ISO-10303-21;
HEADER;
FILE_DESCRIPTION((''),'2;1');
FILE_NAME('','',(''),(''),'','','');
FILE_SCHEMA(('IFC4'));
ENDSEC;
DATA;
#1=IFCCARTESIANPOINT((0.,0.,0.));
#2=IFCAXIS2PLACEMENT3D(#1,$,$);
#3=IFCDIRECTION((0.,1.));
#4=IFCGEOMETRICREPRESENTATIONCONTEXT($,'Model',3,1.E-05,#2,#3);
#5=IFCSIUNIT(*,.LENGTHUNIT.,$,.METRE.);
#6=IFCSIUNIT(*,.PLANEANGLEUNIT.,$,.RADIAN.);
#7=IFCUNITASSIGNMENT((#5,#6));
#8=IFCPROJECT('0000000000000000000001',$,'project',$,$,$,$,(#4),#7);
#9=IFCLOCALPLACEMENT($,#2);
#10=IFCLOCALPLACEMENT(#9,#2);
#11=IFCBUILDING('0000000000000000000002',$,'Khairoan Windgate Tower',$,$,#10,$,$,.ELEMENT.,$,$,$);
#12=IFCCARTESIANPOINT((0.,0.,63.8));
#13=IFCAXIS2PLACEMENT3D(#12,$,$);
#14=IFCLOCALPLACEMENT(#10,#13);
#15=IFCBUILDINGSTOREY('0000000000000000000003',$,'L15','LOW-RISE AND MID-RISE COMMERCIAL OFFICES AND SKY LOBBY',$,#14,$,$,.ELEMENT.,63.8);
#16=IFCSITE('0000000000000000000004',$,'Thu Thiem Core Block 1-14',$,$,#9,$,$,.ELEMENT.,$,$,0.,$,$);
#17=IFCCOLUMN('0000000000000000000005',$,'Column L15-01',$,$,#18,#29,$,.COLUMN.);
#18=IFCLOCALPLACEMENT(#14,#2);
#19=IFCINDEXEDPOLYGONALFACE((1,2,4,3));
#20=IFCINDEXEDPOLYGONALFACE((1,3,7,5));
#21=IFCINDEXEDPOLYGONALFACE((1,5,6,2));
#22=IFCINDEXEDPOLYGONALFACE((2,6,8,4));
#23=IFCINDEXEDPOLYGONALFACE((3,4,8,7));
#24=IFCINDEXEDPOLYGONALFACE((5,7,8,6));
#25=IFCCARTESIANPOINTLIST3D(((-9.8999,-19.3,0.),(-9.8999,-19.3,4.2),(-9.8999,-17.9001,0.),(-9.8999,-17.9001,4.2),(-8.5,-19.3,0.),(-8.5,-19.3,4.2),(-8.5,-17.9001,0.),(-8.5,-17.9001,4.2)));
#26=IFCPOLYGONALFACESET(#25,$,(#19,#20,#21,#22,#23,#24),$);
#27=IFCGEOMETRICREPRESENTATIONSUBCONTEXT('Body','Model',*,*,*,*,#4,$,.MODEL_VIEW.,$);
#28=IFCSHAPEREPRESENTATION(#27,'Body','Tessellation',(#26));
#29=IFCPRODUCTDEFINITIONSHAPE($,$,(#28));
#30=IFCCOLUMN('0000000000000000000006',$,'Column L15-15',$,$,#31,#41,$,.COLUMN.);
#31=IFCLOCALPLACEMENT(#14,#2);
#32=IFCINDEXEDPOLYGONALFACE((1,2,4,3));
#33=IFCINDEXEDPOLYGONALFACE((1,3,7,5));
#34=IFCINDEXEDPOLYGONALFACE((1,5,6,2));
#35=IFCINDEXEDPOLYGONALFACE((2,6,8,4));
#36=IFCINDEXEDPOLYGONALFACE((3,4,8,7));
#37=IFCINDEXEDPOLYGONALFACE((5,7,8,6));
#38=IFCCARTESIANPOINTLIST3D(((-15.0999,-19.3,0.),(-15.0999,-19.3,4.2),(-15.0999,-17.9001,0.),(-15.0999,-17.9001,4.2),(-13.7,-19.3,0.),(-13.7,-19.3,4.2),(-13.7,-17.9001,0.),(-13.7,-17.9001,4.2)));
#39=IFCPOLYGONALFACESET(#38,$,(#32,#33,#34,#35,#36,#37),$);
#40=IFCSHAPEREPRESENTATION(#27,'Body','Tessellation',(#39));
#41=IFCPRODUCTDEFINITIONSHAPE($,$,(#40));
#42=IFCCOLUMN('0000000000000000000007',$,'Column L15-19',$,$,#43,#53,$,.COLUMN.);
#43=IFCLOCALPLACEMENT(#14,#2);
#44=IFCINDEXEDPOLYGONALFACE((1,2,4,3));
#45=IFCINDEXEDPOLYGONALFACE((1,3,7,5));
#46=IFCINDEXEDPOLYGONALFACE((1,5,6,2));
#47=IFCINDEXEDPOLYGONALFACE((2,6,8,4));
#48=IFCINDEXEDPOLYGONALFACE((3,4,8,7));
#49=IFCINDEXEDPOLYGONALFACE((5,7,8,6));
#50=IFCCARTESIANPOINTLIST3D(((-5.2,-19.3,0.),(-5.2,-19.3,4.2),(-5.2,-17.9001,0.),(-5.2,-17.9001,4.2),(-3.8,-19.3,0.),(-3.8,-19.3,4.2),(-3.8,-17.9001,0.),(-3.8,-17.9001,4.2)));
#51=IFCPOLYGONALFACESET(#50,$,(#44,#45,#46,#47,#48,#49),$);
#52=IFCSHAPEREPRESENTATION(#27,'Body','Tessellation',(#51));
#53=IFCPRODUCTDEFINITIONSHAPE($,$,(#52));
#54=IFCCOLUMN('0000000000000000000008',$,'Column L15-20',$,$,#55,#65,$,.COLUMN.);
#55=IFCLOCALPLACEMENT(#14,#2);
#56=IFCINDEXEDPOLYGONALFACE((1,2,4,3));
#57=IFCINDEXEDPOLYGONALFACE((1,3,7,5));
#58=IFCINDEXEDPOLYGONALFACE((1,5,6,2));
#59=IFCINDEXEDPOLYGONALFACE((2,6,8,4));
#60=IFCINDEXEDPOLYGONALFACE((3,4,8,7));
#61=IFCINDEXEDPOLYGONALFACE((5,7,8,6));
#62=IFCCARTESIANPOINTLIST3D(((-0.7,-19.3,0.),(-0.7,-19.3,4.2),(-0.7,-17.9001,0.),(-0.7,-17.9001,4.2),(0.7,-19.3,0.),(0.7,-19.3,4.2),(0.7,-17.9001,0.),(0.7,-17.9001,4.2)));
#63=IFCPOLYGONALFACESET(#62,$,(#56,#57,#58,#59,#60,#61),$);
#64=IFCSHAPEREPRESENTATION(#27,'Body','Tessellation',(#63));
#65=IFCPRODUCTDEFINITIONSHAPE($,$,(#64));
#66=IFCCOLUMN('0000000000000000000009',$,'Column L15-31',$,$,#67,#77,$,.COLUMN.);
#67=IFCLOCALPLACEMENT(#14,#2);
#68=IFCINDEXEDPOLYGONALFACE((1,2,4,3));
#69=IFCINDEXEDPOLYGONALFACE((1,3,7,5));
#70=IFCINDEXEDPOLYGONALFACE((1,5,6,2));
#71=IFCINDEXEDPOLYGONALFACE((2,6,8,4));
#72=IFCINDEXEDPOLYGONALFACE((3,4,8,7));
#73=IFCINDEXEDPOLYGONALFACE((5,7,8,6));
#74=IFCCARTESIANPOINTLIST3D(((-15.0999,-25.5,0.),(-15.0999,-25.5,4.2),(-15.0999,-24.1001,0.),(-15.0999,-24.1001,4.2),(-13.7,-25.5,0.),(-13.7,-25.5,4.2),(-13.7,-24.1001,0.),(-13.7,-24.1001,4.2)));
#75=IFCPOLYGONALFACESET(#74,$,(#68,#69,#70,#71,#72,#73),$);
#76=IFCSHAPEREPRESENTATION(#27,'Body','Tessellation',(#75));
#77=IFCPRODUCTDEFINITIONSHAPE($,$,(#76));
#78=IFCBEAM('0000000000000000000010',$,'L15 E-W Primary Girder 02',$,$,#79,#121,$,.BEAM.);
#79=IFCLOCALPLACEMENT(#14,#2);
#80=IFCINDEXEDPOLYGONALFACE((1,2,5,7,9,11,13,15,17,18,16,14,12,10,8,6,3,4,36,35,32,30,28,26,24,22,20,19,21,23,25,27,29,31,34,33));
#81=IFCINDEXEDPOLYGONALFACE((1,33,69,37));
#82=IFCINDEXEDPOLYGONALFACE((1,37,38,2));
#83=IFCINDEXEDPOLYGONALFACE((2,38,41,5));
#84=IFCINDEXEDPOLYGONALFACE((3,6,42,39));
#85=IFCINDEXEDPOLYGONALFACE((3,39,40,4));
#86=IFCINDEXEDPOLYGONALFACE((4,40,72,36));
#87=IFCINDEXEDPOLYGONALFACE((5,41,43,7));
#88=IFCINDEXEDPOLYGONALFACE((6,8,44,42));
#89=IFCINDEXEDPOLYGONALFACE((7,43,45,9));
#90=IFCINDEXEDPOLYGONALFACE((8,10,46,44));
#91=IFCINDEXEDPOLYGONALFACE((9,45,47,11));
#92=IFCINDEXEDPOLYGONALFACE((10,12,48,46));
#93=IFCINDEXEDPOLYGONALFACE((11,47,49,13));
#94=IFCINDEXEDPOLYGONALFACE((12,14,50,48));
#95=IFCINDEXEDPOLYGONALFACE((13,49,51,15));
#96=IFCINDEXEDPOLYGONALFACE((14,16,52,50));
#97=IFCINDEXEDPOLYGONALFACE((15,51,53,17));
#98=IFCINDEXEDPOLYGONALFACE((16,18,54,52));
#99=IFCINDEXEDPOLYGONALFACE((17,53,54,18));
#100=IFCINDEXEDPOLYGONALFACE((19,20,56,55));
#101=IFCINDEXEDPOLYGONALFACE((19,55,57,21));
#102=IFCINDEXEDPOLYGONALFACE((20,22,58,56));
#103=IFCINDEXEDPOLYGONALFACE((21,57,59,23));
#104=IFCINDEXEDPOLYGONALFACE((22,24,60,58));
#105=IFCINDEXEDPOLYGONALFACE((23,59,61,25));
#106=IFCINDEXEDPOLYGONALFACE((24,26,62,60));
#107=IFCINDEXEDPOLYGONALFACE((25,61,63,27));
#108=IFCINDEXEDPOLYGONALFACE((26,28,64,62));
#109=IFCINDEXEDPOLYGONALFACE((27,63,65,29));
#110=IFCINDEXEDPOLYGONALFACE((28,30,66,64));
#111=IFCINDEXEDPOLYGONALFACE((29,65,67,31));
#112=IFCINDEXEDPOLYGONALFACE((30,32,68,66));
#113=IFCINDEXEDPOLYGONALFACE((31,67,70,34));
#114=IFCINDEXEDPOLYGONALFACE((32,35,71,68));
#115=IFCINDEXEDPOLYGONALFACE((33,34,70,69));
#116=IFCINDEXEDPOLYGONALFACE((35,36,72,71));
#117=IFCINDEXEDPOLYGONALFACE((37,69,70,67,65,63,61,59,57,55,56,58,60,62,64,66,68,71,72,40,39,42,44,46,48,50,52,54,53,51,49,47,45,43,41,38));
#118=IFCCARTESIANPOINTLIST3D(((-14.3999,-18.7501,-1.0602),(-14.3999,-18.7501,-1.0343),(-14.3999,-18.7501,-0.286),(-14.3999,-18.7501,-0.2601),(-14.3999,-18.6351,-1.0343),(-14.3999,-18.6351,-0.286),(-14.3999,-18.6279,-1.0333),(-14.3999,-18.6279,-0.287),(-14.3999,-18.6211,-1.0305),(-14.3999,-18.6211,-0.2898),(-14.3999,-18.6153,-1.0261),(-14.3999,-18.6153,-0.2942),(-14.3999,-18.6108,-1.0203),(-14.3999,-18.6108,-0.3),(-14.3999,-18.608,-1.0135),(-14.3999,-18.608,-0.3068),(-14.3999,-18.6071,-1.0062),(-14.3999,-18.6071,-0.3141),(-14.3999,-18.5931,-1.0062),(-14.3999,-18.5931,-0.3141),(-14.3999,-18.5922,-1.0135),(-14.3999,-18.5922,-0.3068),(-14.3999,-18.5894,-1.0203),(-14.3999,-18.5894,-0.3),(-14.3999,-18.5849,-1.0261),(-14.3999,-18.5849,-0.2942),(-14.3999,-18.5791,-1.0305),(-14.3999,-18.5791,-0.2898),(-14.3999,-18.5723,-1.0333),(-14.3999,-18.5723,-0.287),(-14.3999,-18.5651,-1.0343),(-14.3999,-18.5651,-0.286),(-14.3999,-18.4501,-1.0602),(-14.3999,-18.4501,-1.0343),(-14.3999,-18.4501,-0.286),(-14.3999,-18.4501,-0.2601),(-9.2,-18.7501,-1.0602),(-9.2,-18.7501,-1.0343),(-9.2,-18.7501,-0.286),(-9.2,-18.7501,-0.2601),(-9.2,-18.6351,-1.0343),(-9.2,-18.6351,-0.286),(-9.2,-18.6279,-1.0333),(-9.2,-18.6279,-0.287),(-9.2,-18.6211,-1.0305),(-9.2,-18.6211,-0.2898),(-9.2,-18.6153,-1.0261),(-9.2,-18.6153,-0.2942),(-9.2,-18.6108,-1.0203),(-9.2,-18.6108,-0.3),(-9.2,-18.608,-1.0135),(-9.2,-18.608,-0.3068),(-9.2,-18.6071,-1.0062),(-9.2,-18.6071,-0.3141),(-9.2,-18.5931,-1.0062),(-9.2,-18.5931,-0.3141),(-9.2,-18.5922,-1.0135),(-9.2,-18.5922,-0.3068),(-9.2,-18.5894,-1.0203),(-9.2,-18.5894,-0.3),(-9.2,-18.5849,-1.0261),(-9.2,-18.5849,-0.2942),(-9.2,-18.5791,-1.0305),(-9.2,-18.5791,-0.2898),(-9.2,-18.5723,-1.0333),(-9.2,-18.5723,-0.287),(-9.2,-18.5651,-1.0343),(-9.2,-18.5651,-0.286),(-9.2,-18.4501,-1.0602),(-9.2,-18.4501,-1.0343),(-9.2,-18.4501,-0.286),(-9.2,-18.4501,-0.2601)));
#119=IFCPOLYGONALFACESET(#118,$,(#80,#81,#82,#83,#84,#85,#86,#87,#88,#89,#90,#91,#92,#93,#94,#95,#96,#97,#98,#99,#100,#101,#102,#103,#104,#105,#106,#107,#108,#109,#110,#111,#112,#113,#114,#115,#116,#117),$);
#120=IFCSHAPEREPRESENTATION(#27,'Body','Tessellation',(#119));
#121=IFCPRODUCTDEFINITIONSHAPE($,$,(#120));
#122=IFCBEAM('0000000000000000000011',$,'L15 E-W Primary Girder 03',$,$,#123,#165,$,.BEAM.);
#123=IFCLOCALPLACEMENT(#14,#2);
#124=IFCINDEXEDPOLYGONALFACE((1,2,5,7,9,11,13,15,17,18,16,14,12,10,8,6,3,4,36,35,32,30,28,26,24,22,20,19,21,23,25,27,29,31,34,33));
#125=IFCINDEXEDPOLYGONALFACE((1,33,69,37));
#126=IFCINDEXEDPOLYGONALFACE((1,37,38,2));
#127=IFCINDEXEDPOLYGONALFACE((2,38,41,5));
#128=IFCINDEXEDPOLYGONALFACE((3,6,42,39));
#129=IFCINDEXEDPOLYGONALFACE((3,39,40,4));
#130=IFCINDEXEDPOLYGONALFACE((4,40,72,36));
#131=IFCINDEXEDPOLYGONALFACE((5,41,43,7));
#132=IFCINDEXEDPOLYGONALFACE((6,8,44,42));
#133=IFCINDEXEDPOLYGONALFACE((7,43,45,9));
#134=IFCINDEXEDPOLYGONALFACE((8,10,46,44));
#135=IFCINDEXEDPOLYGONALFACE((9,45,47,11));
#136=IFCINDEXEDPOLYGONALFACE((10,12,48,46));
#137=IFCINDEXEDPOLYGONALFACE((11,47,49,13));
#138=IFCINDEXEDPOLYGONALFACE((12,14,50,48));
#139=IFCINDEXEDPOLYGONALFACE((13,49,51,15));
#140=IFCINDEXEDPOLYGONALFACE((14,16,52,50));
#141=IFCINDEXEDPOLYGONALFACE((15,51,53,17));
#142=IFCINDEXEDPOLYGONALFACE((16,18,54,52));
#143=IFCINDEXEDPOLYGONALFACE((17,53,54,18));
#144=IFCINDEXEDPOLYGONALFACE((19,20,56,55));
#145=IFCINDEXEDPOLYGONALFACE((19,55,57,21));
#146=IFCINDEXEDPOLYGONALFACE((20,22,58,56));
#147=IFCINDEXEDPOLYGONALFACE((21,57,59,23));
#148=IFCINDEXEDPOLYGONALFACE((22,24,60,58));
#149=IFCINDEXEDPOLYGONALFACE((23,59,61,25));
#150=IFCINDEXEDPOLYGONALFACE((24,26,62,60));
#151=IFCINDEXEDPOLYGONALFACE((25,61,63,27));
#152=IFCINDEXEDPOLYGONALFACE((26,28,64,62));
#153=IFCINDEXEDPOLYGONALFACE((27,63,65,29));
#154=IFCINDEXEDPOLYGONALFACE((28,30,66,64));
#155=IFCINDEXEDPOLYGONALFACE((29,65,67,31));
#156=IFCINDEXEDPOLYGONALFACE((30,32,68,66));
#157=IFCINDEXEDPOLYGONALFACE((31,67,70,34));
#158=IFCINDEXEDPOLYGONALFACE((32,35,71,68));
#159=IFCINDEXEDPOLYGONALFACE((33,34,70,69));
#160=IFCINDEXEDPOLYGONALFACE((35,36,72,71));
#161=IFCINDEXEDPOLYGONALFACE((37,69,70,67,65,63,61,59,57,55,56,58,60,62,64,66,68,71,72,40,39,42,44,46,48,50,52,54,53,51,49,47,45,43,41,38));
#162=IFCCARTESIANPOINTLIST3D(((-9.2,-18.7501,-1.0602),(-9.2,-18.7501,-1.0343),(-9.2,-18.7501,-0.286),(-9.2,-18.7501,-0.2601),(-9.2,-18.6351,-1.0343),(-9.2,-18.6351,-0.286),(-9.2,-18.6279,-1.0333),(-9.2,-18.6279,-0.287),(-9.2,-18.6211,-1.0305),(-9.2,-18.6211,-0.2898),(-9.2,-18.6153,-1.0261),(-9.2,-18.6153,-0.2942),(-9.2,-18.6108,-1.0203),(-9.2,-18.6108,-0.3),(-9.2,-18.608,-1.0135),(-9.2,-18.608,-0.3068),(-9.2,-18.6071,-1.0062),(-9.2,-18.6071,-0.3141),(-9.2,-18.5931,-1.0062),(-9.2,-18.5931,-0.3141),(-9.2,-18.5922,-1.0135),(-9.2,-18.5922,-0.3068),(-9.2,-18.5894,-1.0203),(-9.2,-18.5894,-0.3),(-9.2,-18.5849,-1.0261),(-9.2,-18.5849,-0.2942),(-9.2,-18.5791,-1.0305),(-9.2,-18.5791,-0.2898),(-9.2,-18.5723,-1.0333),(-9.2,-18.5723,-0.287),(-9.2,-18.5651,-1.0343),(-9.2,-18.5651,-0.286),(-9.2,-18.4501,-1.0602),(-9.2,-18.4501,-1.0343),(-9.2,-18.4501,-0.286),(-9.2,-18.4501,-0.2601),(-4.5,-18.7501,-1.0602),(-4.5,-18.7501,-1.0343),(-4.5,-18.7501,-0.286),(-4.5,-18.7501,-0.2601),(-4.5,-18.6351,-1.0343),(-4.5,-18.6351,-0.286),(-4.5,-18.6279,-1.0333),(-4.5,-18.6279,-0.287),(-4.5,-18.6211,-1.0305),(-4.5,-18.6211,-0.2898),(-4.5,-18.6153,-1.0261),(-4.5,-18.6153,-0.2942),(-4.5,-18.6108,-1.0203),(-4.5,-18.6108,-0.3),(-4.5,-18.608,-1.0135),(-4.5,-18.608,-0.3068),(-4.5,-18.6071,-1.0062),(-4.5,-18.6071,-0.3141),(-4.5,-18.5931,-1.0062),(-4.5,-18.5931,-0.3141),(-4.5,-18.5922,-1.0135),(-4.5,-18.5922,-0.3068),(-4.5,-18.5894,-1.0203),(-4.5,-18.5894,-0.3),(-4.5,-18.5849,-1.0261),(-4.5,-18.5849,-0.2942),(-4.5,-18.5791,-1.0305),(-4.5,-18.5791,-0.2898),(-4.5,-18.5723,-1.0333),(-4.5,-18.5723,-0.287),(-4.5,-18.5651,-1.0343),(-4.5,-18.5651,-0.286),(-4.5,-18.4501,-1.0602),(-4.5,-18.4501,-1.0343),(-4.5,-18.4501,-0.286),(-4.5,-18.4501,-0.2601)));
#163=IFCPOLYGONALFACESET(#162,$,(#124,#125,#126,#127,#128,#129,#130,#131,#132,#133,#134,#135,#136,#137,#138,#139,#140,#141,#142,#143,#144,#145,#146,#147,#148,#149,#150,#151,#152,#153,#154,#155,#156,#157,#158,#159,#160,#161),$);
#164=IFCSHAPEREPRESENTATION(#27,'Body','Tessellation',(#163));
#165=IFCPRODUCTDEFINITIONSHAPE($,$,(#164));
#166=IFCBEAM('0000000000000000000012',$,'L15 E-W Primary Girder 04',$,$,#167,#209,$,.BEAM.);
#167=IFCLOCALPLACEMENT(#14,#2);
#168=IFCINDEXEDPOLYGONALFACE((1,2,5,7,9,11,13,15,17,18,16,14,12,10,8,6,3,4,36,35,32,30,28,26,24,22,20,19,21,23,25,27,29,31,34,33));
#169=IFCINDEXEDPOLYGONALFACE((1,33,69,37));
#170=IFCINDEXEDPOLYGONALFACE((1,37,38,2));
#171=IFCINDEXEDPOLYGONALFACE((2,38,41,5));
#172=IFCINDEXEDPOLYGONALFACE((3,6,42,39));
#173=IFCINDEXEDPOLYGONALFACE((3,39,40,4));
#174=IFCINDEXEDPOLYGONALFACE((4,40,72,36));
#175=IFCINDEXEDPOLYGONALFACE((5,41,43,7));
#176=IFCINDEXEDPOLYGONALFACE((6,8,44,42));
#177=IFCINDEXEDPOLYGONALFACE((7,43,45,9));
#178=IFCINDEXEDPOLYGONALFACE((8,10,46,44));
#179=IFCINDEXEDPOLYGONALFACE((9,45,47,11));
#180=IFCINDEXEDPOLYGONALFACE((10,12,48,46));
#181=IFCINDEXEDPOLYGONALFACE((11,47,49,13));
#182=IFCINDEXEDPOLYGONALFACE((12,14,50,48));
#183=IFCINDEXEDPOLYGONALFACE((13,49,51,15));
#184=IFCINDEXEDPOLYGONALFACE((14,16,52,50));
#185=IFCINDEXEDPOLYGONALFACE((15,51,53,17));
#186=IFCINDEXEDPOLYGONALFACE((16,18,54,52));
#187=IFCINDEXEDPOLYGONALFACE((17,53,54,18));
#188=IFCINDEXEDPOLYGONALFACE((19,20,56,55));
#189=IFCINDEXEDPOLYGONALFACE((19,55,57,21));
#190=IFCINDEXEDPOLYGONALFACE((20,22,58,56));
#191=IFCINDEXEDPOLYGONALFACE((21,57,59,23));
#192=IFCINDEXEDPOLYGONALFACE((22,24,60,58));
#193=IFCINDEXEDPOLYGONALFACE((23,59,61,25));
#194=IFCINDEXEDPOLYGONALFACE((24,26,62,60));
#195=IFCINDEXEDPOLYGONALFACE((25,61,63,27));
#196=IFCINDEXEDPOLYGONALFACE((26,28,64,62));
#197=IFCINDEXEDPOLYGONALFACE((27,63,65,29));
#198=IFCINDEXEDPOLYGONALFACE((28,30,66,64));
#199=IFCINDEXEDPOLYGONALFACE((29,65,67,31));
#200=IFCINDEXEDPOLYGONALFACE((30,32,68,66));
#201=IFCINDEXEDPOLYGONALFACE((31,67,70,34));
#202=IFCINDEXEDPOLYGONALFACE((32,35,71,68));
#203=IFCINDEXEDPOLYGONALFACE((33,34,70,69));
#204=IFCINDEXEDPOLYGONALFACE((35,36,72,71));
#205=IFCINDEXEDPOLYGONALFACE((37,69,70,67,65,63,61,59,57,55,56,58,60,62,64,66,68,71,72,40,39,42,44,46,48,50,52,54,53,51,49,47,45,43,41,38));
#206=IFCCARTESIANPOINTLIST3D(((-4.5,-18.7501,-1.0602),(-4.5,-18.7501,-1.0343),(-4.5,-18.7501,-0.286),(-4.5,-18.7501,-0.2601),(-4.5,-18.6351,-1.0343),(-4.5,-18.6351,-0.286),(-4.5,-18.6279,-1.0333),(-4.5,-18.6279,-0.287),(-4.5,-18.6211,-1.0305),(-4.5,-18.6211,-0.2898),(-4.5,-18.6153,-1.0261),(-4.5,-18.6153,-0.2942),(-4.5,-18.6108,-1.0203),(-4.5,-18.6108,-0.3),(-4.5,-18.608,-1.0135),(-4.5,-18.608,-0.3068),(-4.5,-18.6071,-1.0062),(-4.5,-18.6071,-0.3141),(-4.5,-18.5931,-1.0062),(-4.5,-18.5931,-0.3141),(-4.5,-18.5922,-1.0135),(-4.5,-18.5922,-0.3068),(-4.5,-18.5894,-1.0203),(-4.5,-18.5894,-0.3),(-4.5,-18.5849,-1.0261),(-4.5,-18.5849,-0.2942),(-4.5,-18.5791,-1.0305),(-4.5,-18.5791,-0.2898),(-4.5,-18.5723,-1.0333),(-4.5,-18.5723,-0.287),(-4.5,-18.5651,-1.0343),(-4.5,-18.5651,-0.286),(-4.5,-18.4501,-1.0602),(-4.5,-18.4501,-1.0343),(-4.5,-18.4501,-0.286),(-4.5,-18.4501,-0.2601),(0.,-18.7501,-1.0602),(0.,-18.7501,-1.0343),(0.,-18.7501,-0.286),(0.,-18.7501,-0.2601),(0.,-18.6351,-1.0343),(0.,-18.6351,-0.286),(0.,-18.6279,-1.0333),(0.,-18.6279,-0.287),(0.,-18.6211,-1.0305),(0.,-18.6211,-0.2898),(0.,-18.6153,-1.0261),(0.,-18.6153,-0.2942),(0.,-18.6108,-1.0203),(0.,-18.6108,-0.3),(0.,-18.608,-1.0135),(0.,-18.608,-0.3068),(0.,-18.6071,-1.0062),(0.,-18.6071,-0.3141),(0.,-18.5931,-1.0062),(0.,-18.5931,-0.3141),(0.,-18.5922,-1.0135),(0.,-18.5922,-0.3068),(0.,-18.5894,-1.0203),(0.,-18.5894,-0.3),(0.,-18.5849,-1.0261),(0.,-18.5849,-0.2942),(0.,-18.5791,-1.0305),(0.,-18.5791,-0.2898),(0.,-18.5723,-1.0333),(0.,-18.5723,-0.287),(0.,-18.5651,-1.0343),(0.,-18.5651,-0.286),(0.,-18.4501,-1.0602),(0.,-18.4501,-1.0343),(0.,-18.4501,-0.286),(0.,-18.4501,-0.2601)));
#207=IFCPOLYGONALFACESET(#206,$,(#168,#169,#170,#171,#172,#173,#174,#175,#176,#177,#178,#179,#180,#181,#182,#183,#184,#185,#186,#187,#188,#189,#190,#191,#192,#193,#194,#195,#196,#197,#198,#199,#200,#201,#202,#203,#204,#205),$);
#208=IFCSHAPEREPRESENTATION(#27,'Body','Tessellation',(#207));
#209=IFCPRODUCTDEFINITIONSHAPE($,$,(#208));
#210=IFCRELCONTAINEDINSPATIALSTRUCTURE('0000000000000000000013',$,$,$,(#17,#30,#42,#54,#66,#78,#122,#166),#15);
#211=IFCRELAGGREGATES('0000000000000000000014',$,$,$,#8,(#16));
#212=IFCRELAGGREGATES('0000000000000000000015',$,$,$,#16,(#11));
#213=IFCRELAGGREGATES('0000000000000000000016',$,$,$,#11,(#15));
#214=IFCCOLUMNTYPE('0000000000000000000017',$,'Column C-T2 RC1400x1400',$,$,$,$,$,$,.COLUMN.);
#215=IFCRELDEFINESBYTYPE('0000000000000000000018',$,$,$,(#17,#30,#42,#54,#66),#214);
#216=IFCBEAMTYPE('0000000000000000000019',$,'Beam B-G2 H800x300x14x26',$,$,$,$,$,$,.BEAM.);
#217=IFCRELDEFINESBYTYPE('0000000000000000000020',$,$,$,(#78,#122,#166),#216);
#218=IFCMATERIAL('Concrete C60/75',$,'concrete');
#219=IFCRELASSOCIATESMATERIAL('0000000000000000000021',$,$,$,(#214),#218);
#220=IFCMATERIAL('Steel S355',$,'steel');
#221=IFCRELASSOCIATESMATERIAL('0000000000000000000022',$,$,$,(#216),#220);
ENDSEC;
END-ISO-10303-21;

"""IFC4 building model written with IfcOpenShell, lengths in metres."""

from ifc_helpers import new_model, si_unit, direction, frame, origin, origin_2d, place, context, subcontext, project, spatial, rectangle, i_section, extrude, material, material_profile, profile_set, type_object, element, save


model = new_model("IFC4")

# Units and contexts
model_context = context("Model", 3, precision=1e-05, world=origin(), true_north=direction((0.0, 1.0)))
body_context = subcontext(model_context, "Body", "Model", "MODEL_VIEW")
ifc_project = project(units=[si_unit("LENGTHUNIT", "METRE"), si_unit("PLANEANGLEUNIT", "RADIAN")], contexts=[model_context])

# Site, building, storey
site_placement = place(None, origin())
site = spatial("IfcSite", under=ifc_project, at=site_placement, Name="Thu Thiem Core Block 1-14", CompositionType="ELEMENT", RefElevation=0.0)
building_placement = place(site_placement, origin())
building = spatial("IfcBuilding", under=site, at=building_placement, Name="Khairoan Windgate Tower", CompositionType="ELEMENT")
storey_placement = place(building_placement, frame((0.0, 0.0, 63.8)))
storey = spatial("IfcBuildingStorey", under=building, at=storey_placement, Name="L15", Description="LOW-RISE AND MID-RISE COMMERCIAL OFFICES AND SKY LOBBY", CompositionType="ELEMENT", Elevation=63.8)

# Columns
ifc_material_1 = material(Name="Concrete C60/75", Category="concrete")
ifc_material_profile_1 = material_profile(ifc_material_1, rectangle(XDim=1.3999, YDim=1.3999, at=origin_2d()))
ifc_profile_set_1 = profile_set([ifc_material_profile_1], Name="Concrete C60/75")
column_type = type_object("IfcColumnType", Name="Column C-T2 RC1400x1400", PredefinedType="COLUMN", material=ifc_profile_set_1)
for number, where, z_axis, x_axis, name in (
    (1, (-9.2, -18.6001, 0.0), (0.0, 0.0, 1.0), (1.0, 0.0, 0.0), "Column L15-01"),
    (2, (-14.3999, -18.6001, 0.0), (0.0, 0.0, 1.0), (1.0, 0.0, 0.0), "Column L15-15"),
    (3, (-4.5, -18.6001, 0.0), (0.0, 0.0, 1.0), (1.0, 0.0, 0.0), "Column L15-19"),
    (4, (0.0, -18.6001, 0.0), (0.0, 0.0, 1.0), (1.0, 0.0, 0.0), "Column L15-20"),
    (5, (-14.3999, -24.8, 0.0), (0.0, 0.0, 1.0), (1.0, 0.0, 0.0), "Column L15-31"),
):
    element("IfcColumn", number, at=place(storey_placement, frame(where, z_axis=z_axis, x_axis=x_axis)), inside=storey, type_object=column_type, Name=name, PredefinedType="COLUMN", context=body_context, shape_type="SweptSolid", body=[
        extrude(rectangle(XDim=1.3999, YDim=1.3999, at=origin_2d()), origin(), (0.0, 0.0, 1.0), 4.2),
    ])

# Beams
ifc_material_2 = material(Name="Steel S355", Category="steel")
ifc_material_profile_2 = material_profile(ifc_material_2, i_section(OverallWidth=0.3, OverallDepth=0.8, WebThickness=0.0139, FlangeThickness=0.0259, FilletRadius=0.0281, at=origin_2d()))
ifc_profile_set_2 = profile_set([ifc_material_profile_2], Name="Steel S355")
beam_type_1 = type_object("IfcBeamType", Name="Beam B-G2 H800x300x14x26", PredefinedType="BEAM", material=ifc_profile_set_2)
beam_1_placement = place(storey_placement, frame((-14.3999, -18.6001, -0.6602), z_axis=(1.0, 0.0, 0.0), x_axis=(0.0, 1.0, 0.0)))
element("IfcBeam", 6, at=beam_1_placement, inside=storey, type_object=beam_type_1, Name="L15 E-W Primary Girder 02", PredefinedType="BEAM", context=body_context, shape_type="SweptSolid", body=[
    extrude(i_section(OverallWidth=0.3, OverallDepth=0.8, WebThickness=0.0139, FlangeThickness=0.0259, FilletRadius=0.0281, at=origin_2d()), origin(), (0.0, 0.0, 1.0), 5.2),
])
beam_2_placement = place(storey_placement, frame((-9.2, -18.6001, -0.6602), z_axis=(1.0, 0.0, 0.0), x_axis=(0.0, 1.0, 0.0)))
element("IfcBeam", 7, at=beam_2_placement, inside=storey, type_object=beam_type_1, Name="L15 E-W Primary Girder 03", PredefinedType="BEAM", context=body_context, shape_type="SweptSolid", body=[
    extrude(i_section(OverallWidth=0.3, OverallDepth=0.8, WebThickness=0.0139, FlangeThickness=0.0259, FilletRadius=0.0281, at=origin_2d()), origin(), (0.0, 0.0, 1.0), 4.7),
])
for number, where, z_axis, x_axis, name in (
    (8, (-4.5, -18.6001, -0.6602), (1.0, 0.0, 0.0), (0.0, 1.0, 0.0), "L15 E-W Primary Girder 04"),
):
    element("IfcBeam", number, at=place(storey_placement, frame(where, z_axis=z_axis, x_axis=x_axis)), inside=storey, type_object=beam_type_1, Name=name, PredefinedType="BEAM", context=body_context, shape_type="SweptSolid", body=[
        extrude(i_section(OverallWidth=0.3, OverallDepth=0.8, WebThickness=0.0139, FlangeThickness=0.0259, FilletRadius=0.0281, at=origin_2d()), origin(), (0.0, 0.0, 1.0), 4.5),
    ])

save(model, "model.ifc")
